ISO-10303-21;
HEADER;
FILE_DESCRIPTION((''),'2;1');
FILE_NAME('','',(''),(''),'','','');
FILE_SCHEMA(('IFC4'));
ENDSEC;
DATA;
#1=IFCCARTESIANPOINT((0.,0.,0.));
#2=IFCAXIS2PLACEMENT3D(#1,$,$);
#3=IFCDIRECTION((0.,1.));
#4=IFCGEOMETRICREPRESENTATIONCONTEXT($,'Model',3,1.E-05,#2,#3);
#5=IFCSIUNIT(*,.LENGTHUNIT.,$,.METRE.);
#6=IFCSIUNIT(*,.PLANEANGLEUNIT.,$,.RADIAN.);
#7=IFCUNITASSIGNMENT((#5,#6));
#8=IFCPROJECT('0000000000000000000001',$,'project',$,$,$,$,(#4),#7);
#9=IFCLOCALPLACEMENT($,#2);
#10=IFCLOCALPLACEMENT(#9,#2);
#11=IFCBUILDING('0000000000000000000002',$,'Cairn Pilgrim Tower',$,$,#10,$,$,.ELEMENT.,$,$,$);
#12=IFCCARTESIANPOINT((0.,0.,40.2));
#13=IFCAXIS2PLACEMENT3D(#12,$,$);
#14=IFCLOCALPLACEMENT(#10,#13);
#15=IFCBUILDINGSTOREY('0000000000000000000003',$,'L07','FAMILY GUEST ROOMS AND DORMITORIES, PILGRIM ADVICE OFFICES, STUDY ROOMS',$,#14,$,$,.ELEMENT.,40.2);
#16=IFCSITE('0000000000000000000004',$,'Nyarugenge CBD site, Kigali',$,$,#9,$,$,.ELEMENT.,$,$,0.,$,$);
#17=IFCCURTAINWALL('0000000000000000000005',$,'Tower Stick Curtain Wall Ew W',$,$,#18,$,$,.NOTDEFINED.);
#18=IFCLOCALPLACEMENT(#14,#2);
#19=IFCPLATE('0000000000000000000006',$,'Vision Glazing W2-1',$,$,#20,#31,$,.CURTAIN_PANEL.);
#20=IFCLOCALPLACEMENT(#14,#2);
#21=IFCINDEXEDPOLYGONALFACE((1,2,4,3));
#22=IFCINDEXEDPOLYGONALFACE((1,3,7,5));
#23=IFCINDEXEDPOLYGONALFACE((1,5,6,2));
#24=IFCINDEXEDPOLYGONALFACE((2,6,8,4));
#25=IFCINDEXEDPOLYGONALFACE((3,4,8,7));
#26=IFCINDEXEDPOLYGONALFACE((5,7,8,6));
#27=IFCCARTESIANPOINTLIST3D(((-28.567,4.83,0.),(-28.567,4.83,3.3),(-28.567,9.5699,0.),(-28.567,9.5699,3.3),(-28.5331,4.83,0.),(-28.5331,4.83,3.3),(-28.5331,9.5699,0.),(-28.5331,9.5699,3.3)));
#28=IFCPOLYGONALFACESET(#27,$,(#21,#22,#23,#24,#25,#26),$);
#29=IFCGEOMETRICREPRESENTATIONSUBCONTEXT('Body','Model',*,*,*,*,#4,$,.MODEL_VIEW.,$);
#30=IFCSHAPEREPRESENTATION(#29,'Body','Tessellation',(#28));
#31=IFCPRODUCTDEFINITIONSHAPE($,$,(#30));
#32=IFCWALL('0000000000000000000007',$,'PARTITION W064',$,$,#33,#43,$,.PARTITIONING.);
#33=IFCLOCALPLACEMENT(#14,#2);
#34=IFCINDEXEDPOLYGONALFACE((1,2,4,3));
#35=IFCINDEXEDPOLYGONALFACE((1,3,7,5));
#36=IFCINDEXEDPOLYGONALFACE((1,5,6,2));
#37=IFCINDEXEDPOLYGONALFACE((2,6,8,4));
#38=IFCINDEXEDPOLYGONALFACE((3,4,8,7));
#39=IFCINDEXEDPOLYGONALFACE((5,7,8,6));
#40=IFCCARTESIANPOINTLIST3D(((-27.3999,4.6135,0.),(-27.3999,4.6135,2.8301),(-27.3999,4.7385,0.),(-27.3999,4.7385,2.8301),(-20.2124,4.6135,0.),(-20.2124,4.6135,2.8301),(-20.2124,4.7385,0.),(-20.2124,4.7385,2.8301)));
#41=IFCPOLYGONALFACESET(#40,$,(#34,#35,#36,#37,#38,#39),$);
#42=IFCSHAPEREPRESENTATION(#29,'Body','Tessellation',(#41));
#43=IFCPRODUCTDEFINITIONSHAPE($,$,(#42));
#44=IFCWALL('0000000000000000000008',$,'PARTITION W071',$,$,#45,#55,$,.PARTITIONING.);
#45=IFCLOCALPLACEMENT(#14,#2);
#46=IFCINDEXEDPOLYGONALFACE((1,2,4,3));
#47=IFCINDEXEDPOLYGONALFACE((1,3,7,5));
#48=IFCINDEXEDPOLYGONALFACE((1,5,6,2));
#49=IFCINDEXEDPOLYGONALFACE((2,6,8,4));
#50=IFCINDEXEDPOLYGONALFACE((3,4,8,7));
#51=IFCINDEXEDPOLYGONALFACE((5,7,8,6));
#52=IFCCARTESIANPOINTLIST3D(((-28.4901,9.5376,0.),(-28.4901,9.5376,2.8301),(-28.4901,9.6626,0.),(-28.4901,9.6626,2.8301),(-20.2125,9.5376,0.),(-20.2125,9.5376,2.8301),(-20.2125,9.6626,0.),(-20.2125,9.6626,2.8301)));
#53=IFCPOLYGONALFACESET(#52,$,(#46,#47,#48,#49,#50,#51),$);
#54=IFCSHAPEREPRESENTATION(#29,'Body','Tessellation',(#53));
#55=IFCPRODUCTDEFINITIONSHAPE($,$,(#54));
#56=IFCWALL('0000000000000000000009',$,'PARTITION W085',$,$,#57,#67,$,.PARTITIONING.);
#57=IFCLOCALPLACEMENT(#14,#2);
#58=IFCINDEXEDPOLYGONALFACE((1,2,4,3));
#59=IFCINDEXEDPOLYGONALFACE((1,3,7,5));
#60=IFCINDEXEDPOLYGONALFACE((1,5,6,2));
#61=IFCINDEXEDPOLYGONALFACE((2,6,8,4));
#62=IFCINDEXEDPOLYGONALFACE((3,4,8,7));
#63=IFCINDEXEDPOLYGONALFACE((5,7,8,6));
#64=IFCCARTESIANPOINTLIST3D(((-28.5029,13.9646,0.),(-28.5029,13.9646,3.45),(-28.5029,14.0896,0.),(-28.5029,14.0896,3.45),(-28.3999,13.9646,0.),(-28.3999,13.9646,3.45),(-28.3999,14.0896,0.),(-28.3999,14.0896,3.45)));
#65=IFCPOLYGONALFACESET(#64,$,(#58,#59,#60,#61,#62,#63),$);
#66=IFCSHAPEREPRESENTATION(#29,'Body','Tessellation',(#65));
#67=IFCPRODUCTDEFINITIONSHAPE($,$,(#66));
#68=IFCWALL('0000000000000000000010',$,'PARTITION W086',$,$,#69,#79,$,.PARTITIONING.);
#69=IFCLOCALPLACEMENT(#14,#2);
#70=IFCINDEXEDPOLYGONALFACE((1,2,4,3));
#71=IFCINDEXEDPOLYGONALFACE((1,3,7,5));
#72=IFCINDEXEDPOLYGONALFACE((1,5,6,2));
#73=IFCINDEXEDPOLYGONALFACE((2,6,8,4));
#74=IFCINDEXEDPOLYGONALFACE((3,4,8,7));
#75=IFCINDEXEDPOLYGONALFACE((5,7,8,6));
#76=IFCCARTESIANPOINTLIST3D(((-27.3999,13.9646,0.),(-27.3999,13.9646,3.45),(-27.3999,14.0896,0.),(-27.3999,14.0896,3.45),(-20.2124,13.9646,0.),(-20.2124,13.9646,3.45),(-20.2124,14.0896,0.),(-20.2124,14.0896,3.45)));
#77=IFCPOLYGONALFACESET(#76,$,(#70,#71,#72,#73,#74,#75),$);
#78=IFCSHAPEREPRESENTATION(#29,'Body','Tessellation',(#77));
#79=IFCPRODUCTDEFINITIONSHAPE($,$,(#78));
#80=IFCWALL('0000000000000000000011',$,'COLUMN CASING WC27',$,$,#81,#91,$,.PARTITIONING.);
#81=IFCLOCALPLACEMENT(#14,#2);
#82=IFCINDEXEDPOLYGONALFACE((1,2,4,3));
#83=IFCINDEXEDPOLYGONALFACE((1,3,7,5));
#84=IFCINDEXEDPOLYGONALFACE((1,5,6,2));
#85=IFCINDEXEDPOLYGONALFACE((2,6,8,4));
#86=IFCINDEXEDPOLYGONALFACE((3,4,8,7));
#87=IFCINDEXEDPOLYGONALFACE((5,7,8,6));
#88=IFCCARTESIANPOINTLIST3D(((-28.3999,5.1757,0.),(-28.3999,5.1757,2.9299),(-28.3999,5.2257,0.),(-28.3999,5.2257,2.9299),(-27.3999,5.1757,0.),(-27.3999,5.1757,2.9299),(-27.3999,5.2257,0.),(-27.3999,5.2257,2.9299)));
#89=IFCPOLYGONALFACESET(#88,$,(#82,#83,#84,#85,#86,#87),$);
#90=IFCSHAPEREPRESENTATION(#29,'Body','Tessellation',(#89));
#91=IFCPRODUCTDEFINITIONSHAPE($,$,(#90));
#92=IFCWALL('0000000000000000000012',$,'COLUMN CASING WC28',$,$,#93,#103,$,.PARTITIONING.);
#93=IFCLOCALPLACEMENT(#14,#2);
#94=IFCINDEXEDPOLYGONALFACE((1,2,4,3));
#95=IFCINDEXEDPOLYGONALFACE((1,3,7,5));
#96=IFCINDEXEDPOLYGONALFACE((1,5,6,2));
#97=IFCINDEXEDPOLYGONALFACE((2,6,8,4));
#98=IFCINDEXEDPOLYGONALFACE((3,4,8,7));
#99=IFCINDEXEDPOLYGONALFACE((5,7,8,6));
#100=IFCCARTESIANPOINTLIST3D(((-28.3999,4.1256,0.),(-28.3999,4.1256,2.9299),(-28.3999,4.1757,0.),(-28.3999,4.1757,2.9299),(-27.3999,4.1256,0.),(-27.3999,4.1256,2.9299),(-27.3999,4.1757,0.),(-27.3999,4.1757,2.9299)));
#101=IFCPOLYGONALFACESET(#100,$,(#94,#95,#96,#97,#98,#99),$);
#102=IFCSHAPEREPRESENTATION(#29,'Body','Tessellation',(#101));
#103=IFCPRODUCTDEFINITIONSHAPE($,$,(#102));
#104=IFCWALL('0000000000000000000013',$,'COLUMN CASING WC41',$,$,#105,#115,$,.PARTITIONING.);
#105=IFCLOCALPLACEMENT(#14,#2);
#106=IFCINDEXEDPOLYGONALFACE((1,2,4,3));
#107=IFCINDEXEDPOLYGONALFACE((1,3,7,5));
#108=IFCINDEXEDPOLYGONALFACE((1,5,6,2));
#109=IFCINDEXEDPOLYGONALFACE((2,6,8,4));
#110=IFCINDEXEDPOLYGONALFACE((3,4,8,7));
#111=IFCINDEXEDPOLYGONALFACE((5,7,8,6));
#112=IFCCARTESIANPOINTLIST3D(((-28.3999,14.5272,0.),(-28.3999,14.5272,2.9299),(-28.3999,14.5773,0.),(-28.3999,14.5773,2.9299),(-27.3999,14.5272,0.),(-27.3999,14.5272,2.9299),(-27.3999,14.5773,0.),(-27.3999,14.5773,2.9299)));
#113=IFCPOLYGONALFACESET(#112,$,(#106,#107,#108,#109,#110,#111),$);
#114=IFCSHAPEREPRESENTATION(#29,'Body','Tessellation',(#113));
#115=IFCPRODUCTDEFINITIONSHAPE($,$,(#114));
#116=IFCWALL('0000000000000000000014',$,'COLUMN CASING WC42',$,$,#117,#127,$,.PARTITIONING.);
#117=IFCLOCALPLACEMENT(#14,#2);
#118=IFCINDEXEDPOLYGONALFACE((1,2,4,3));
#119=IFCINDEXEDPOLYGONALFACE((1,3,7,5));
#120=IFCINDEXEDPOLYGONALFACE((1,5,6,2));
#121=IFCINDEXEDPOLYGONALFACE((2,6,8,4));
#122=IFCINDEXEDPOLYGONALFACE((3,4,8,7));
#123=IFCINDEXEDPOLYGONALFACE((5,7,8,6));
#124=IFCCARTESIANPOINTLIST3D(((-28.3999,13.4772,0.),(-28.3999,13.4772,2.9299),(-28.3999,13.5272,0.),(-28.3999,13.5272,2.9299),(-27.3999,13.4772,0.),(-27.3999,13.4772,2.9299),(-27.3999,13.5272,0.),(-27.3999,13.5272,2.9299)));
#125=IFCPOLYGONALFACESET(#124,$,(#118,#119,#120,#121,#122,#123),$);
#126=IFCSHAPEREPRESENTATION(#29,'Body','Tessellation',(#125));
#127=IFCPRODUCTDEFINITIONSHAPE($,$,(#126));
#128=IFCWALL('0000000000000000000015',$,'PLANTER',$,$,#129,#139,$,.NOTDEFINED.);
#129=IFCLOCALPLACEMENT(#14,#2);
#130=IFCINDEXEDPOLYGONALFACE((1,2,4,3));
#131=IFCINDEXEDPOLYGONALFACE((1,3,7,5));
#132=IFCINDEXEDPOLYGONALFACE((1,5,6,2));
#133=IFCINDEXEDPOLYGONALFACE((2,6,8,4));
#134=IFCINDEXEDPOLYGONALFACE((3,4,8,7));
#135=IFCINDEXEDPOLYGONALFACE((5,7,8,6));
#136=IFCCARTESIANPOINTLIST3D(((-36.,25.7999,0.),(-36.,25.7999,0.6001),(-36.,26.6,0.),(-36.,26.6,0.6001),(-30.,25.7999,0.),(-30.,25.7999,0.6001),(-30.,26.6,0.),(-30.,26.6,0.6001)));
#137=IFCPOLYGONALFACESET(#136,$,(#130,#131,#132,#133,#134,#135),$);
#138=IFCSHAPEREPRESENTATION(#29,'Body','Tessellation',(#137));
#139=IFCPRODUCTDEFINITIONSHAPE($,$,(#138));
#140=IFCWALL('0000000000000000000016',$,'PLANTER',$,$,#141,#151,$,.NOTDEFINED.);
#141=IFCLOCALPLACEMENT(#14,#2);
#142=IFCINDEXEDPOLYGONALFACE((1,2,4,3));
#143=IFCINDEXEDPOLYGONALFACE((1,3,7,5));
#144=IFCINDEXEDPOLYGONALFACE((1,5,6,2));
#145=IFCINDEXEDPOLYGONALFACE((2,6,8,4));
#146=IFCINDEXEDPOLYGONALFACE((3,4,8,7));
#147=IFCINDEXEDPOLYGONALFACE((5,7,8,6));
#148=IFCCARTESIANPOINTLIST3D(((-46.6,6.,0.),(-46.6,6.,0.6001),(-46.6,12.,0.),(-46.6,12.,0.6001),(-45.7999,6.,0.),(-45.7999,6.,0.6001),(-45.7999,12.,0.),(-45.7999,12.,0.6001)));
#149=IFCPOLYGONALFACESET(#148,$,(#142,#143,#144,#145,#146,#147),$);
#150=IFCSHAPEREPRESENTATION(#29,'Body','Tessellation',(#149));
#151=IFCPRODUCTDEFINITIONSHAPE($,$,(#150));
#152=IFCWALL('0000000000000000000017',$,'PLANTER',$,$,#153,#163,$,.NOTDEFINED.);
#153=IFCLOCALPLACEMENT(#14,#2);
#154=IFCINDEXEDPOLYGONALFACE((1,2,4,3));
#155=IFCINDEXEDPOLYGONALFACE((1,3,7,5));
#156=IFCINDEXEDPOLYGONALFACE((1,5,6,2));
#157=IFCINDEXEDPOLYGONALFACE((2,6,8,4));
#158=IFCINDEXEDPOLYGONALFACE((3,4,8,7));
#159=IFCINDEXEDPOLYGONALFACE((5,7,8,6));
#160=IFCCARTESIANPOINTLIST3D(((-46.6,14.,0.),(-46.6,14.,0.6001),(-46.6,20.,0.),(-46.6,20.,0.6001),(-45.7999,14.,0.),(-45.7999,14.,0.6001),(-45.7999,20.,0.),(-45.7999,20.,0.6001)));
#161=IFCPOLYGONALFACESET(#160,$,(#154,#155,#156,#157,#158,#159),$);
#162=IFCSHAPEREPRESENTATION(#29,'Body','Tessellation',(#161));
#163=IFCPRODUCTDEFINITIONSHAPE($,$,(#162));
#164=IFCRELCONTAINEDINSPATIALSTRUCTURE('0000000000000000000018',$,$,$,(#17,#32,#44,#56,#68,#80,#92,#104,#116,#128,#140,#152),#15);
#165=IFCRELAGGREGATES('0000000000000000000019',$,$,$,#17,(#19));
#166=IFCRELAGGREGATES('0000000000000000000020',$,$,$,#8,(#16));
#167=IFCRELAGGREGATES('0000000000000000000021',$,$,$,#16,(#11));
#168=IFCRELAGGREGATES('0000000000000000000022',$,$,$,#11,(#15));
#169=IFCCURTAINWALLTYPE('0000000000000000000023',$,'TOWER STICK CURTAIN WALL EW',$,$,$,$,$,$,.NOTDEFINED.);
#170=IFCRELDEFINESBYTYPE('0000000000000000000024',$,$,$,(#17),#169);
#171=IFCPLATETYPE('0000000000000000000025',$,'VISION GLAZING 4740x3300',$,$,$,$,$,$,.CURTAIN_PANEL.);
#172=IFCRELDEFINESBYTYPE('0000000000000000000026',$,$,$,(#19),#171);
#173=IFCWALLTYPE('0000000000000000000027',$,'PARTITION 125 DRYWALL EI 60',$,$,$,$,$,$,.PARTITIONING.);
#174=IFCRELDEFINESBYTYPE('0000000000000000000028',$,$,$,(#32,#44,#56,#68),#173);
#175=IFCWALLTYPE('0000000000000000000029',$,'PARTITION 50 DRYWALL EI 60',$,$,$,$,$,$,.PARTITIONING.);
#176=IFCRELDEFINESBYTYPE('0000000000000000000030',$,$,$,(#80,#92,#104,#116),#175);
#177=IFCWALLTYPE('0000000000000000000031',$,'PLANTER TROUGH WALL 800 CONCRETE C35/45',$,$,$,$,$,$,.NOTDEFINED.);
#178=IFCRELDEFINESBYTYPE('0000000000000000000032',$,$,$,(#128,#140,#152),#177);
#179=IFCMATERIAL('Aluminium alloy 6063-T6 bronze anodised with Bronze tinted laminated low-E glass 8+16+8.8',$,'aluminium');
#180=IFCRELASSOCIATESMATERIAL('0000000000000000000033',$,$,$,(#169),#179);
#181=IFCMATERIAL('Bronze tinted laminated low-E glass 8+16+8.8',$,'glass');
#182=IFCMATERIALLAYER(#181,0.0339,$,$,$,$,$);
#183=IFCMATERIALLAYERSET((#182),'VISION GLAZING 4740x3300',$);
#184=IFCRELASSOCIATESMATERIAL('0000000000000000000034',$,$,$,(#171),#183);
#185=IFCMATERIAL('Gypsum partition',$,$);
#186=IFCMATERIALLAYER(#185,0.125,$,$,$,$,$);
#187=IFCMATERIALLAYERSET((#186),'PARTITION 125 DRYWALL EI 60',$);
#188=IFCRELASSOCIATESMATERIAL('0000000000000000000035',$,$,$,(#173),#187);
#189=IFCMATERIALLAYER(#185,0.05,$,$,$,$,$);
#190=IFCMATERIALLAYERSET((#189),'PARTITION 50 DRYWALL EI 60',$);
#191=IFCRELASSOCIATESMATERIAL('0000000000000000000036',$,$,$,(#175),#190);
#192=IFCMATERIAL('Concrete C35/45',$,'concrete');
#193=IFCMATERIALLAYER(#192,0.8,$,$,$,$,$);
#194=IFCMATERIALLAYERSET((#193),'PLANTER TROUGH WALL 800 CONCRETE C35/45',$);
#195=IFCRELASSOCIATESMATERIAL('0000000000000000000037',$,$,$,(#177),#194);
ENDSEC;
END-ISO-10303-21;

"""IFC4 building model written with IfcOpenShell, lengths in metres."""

from ifc_helpers import new_model, si_unit, direction, frame, frame_2d, origin, origin_2d, place, context, subcontext, project, spatial, rectangle, extrude, material, layer, layer_set, type_object, element, aggregate, save


model = new_model("IFC4")

# Units and contexts
model_context = context("Model", 3, precision=1e-05, world=origin(), true_north=direction((0.0, 1.0)))
body_context = subcontext(model_context, "Body", "Model", "MODEL_VIEW")
ifc_project = project(units=[si_unit("LENGTHUNIT", "METRE"), si_unit("PLANEANGLEUNIT", "RADIAN")], contexts=[model_context])

# Site, building, storey
site_placement = place(None, origin())
site = spatial("IfcSite", under=ifc_project, at=site_placement, Name="Nyarugenge CBD site, Kigali", CompositionType="ELEMENT", RefElevation=0.0)
building_placement = place(site_placement, origin())
building = spatial("IfcBuilding", under=site, at=building_placement, Name="Cairn Pilgrim Tower", CompositionType="ELEMENT")
storey_placement = place(building_placement, frame((0.0, 0.0, 40.2)))
storey = spatial("IfcBuildingStorey", under=building, at=storey_placement, Name="L07", Description="FAMILY GUEST ROOMS AND DORMITORIES, PILGRIM ADVICE OFFICES, STUDY ROOMS", CompositionType="ELEMENT", Elevation=40.2)

# Curtain wall
ifc_material_1 = material(Name="Aluminium alloy 6063-T6 bronze anodised with Bronze tinted laminated low-E glass 8+16+8.8", Category="aluminium")
curtain_wall_type = type_object("IfcCurtainWallType", Name="TOWER STICK CURTAIN WALL EW", PredefinedType="NOTDEFINED", material=ifc_material_1)
curtain_wall_placement = place(storey_placement, origin())
curtain_wall = element("IfcCurtainWall", 1, at=curtain_wall_placement, inside=storey, type_object=curtain_wall_type, Name="Tower Stick Curtain Wall Ew W", PredefinedType="NOTDEFINED")

# Plate
ifc_material_2 = material(Name="Bronze tinted laminated low-E glass 8+16+8.8", Category="glass")
ifc_layer_1 = layer(ifc_material_2, 0.0339)
ifc_layer_set_1 = layer_set([ifc_layer_1], Name="VISION GLAZING 4740x3300")
plate_type_1 = type_object("IfcPlateType", Name="VISION GLAZING 4740x3300", PredefinedType="CURTAIN_PANEL", material=ifc_layer_set_1)
plate_1_placement = place(storey_placement, frame((-28.55, 7.2, 0.0), z_axis=(0.0, 0.0, 1.0), x_axis=(0.0, -1.0, 0.0)))
plate_1 = element("IfcPlate", 2, at=plate_1_placement, type_object=plate_type_1, Name="Vision Glazing W2-1", PredefinedType="CURTAIN_PANEL", context=body_context, shape_type="SweptSolid", body=[
    extrude(rectangle(XDim=4.74, YDim=0.0339, at=origin_2d()), origin(), (0.0, 0.0, 1.0), 3.3),
])
aggregate(curtain_wall, [plate_1])

# Walls
ifc_material_3 = material(Name="Gypsum partition")
ifc_layer_2 = layer(ifc_material_3, 0.125)
ifc_layer_set_2 = layer_set([ifc_layer_2], Name="PARTITION 125 DRYWALL EI 60")
wall_type_1 = type_object("IfcWallType", Name="PARTITION 125 DRYWALL EI 60", PredefinedType="PARTITIONING", material=ifc_layer_set_2)
wall_1_placement = place(storey_placement, frame((-27.3999, 4.676, 0.0), z_axis=(0.0, 0.0, 1.0), x_axis=(1.0, 0.0, 0.0)))
element("IfcWall", 3, at=wall_1_placement, inside=storey, type_object=wall_type_1, Name="PARTITION W064", PredefinedType="PARTITIONING", context=body_context, shape_type="SweptSolid", body=[
    extrude(rectangle(XDim=7.1875, YDim=0.125, at=frame_2d((3.5938, 0.0))), origin(), (0.0, 0.0, 1.0), 2.8301),
])
wall_2_placement = place(storey_placement, frame((-28.49, 9.6001, 0.0), z_axis=(0.0, 0.0, 1.0), x_axis=(1.0, 0.0, 0.0)))
element("IfcWall", 4, at=wall_2_placement, inside=storey, type_object=wall_type_1, Name="PARTITION W071", PredefinedType="PARTITIONING", context=body_context, shape_type="SweptSolid", body=[
    extrude(rectangle(XDim=8.2776, YDim=0.125, at=frame_2d((4.1387, 0.0))), origin(), (0.0, 0.0, 1.0), 2.8301),
])
wall_3_placement = place(storey_placement, frame((-28.5029, 14.0271, 0.0), z_axis=(0.0, 0.0, 1.0), x_axis=(1.0, 0.0, 0.0)))
element("IfcWall", 5, at=wall_3_placement, inside=storey, type_object=wall_type_1, Name="PARTITION W085", PredefinedType="PARTITIONING", context=body_context, shape_type="SweptSolid", body=[
    extrude(rectangle(XDim=0.103, YDim=0.125, at=frame_2d((0.0515, 0.0))), origin(), (0.0, 0.0, 1.0), 3.45),
])
wall_4_placement = place(storey_placement, frame((-27.3999, 14.0271, 0.0), z_axis=(0.0, 0.0, 1.0), x_axis=(1.0, 0.0, 0.0)))
element("IfcWall", 6, at=wall_4_placement, inside=storey, type_object=wall_type_1, Name="PARTITION W086", PredefinedType="PARTITIONING", context=body_context, shape_type="SweptSolid", body=[
    extrude(rectangle(XDim=7.1875, YDim=0.125, at=frame_2d((3.5938, 0.0))), origin(), (0.0, 0.0, 1.0), 3.45),
])
ifc_layer_3 = layer(ifc_material_3, 0.05)
ifc_layer_set_3 = layer_set([ifc_layer_3], Name="PARTITION 50 DRYWALL EI 60")
wall_type_2 = type_object("IfcWallType", Name="PARTITION 50 DRYWALL EI 60", PredefinedType="PARTITIONING", material=ifc_layer_set_3)
for number, where, z_axis, x_axis, name in (
    (7, (-28.3999, 5.2007, 0.0), (0.0, 0.0, 1.0), (1.0, 0.0, 0.0), "COLUMN CASING WC27"),
    (8, (-28.3999, 4.1506, 0.0), (0.0, 0.0, 1.0), (1.0, 0.0, 0.0), "COLUMN CASING WC28"),
    (9, (-28.3999, 14.5522, 0.0), (0.0, 0.0, 1.0), (1.0, 0.0, 0.0), "COLUMN CASING WC41"),
    (10, (-28.3999, 13.5022, 0.0), (0.0, 0.0, 1.0), (1.0, 0.0, 0.0), "COLUMN CASING WC42"),
):
    element("IfcWall", number, at=place(storey_placement, frame(where, z_axis=z_axis, x_axis=x_axis)), inside=storey, type_object=wall_type_2, Name=name, PredefinedType="PARTITIONING", context=body_context, shape_type="SweptSolid", body=[
        extrude(rectangle(XDim=1.0, YDim=0.05, at=frame_2d((0.5, 0.0))), origin(), (0.0, 0.0, 1.0), 2.9299),
    ])
ifc_material_4 = material(Name="Concrete C35/45", Category="concrete")
ifc_layer_4 = layer(ifc_material_4, 0.8)
ifc_layer_set_4 = layer_set([ifc_layer_4], Name="PLANTER TROUGH WALL 800 CONCRETE C35/45")
wall_type_3 = type_object("IfcWallType", Name="PLANTER TROUGH WALL 800 CONCRETE C35/45", PredefinedType="NOTDEFINED", material=ifc_layer_set_4)
for number, where, z_axis, x_axis, name in (
    (11, (-36.0, 26.2, 0.0), (0.0, 0.0, 1.0), (1.0, 0.0, 0.0), "PLANTER"),
    (12, (-46.2, 6.0, 0.0), (0.0, 0.0, 1.0), (0.0, 1.0, 0.0), "PLANTER"),
    (13, (-46.2, 14.0, 0.0), (0.0, 0.0, 1.0), (0.0, 1.0, 0.0), "PLANTER"),
):
    element("IfcWall", number, at=place(storey_placement, frame(where, z_axis=z_axis, x_axis=x_axis)), inside=storey, type_object=wall_type_3, Name=name, PredefinedType="NOTDEFINED", context=body_context, shape_type="SweptSolid", body=[
        extrude(rectangle(XDim=6.0, YDim=0.8, at=frame_2d((3.0, 0.0))), origin(), (0.0, 0.0, 1.0), 0.6001),
    ])

save(model, "model.ifc")
